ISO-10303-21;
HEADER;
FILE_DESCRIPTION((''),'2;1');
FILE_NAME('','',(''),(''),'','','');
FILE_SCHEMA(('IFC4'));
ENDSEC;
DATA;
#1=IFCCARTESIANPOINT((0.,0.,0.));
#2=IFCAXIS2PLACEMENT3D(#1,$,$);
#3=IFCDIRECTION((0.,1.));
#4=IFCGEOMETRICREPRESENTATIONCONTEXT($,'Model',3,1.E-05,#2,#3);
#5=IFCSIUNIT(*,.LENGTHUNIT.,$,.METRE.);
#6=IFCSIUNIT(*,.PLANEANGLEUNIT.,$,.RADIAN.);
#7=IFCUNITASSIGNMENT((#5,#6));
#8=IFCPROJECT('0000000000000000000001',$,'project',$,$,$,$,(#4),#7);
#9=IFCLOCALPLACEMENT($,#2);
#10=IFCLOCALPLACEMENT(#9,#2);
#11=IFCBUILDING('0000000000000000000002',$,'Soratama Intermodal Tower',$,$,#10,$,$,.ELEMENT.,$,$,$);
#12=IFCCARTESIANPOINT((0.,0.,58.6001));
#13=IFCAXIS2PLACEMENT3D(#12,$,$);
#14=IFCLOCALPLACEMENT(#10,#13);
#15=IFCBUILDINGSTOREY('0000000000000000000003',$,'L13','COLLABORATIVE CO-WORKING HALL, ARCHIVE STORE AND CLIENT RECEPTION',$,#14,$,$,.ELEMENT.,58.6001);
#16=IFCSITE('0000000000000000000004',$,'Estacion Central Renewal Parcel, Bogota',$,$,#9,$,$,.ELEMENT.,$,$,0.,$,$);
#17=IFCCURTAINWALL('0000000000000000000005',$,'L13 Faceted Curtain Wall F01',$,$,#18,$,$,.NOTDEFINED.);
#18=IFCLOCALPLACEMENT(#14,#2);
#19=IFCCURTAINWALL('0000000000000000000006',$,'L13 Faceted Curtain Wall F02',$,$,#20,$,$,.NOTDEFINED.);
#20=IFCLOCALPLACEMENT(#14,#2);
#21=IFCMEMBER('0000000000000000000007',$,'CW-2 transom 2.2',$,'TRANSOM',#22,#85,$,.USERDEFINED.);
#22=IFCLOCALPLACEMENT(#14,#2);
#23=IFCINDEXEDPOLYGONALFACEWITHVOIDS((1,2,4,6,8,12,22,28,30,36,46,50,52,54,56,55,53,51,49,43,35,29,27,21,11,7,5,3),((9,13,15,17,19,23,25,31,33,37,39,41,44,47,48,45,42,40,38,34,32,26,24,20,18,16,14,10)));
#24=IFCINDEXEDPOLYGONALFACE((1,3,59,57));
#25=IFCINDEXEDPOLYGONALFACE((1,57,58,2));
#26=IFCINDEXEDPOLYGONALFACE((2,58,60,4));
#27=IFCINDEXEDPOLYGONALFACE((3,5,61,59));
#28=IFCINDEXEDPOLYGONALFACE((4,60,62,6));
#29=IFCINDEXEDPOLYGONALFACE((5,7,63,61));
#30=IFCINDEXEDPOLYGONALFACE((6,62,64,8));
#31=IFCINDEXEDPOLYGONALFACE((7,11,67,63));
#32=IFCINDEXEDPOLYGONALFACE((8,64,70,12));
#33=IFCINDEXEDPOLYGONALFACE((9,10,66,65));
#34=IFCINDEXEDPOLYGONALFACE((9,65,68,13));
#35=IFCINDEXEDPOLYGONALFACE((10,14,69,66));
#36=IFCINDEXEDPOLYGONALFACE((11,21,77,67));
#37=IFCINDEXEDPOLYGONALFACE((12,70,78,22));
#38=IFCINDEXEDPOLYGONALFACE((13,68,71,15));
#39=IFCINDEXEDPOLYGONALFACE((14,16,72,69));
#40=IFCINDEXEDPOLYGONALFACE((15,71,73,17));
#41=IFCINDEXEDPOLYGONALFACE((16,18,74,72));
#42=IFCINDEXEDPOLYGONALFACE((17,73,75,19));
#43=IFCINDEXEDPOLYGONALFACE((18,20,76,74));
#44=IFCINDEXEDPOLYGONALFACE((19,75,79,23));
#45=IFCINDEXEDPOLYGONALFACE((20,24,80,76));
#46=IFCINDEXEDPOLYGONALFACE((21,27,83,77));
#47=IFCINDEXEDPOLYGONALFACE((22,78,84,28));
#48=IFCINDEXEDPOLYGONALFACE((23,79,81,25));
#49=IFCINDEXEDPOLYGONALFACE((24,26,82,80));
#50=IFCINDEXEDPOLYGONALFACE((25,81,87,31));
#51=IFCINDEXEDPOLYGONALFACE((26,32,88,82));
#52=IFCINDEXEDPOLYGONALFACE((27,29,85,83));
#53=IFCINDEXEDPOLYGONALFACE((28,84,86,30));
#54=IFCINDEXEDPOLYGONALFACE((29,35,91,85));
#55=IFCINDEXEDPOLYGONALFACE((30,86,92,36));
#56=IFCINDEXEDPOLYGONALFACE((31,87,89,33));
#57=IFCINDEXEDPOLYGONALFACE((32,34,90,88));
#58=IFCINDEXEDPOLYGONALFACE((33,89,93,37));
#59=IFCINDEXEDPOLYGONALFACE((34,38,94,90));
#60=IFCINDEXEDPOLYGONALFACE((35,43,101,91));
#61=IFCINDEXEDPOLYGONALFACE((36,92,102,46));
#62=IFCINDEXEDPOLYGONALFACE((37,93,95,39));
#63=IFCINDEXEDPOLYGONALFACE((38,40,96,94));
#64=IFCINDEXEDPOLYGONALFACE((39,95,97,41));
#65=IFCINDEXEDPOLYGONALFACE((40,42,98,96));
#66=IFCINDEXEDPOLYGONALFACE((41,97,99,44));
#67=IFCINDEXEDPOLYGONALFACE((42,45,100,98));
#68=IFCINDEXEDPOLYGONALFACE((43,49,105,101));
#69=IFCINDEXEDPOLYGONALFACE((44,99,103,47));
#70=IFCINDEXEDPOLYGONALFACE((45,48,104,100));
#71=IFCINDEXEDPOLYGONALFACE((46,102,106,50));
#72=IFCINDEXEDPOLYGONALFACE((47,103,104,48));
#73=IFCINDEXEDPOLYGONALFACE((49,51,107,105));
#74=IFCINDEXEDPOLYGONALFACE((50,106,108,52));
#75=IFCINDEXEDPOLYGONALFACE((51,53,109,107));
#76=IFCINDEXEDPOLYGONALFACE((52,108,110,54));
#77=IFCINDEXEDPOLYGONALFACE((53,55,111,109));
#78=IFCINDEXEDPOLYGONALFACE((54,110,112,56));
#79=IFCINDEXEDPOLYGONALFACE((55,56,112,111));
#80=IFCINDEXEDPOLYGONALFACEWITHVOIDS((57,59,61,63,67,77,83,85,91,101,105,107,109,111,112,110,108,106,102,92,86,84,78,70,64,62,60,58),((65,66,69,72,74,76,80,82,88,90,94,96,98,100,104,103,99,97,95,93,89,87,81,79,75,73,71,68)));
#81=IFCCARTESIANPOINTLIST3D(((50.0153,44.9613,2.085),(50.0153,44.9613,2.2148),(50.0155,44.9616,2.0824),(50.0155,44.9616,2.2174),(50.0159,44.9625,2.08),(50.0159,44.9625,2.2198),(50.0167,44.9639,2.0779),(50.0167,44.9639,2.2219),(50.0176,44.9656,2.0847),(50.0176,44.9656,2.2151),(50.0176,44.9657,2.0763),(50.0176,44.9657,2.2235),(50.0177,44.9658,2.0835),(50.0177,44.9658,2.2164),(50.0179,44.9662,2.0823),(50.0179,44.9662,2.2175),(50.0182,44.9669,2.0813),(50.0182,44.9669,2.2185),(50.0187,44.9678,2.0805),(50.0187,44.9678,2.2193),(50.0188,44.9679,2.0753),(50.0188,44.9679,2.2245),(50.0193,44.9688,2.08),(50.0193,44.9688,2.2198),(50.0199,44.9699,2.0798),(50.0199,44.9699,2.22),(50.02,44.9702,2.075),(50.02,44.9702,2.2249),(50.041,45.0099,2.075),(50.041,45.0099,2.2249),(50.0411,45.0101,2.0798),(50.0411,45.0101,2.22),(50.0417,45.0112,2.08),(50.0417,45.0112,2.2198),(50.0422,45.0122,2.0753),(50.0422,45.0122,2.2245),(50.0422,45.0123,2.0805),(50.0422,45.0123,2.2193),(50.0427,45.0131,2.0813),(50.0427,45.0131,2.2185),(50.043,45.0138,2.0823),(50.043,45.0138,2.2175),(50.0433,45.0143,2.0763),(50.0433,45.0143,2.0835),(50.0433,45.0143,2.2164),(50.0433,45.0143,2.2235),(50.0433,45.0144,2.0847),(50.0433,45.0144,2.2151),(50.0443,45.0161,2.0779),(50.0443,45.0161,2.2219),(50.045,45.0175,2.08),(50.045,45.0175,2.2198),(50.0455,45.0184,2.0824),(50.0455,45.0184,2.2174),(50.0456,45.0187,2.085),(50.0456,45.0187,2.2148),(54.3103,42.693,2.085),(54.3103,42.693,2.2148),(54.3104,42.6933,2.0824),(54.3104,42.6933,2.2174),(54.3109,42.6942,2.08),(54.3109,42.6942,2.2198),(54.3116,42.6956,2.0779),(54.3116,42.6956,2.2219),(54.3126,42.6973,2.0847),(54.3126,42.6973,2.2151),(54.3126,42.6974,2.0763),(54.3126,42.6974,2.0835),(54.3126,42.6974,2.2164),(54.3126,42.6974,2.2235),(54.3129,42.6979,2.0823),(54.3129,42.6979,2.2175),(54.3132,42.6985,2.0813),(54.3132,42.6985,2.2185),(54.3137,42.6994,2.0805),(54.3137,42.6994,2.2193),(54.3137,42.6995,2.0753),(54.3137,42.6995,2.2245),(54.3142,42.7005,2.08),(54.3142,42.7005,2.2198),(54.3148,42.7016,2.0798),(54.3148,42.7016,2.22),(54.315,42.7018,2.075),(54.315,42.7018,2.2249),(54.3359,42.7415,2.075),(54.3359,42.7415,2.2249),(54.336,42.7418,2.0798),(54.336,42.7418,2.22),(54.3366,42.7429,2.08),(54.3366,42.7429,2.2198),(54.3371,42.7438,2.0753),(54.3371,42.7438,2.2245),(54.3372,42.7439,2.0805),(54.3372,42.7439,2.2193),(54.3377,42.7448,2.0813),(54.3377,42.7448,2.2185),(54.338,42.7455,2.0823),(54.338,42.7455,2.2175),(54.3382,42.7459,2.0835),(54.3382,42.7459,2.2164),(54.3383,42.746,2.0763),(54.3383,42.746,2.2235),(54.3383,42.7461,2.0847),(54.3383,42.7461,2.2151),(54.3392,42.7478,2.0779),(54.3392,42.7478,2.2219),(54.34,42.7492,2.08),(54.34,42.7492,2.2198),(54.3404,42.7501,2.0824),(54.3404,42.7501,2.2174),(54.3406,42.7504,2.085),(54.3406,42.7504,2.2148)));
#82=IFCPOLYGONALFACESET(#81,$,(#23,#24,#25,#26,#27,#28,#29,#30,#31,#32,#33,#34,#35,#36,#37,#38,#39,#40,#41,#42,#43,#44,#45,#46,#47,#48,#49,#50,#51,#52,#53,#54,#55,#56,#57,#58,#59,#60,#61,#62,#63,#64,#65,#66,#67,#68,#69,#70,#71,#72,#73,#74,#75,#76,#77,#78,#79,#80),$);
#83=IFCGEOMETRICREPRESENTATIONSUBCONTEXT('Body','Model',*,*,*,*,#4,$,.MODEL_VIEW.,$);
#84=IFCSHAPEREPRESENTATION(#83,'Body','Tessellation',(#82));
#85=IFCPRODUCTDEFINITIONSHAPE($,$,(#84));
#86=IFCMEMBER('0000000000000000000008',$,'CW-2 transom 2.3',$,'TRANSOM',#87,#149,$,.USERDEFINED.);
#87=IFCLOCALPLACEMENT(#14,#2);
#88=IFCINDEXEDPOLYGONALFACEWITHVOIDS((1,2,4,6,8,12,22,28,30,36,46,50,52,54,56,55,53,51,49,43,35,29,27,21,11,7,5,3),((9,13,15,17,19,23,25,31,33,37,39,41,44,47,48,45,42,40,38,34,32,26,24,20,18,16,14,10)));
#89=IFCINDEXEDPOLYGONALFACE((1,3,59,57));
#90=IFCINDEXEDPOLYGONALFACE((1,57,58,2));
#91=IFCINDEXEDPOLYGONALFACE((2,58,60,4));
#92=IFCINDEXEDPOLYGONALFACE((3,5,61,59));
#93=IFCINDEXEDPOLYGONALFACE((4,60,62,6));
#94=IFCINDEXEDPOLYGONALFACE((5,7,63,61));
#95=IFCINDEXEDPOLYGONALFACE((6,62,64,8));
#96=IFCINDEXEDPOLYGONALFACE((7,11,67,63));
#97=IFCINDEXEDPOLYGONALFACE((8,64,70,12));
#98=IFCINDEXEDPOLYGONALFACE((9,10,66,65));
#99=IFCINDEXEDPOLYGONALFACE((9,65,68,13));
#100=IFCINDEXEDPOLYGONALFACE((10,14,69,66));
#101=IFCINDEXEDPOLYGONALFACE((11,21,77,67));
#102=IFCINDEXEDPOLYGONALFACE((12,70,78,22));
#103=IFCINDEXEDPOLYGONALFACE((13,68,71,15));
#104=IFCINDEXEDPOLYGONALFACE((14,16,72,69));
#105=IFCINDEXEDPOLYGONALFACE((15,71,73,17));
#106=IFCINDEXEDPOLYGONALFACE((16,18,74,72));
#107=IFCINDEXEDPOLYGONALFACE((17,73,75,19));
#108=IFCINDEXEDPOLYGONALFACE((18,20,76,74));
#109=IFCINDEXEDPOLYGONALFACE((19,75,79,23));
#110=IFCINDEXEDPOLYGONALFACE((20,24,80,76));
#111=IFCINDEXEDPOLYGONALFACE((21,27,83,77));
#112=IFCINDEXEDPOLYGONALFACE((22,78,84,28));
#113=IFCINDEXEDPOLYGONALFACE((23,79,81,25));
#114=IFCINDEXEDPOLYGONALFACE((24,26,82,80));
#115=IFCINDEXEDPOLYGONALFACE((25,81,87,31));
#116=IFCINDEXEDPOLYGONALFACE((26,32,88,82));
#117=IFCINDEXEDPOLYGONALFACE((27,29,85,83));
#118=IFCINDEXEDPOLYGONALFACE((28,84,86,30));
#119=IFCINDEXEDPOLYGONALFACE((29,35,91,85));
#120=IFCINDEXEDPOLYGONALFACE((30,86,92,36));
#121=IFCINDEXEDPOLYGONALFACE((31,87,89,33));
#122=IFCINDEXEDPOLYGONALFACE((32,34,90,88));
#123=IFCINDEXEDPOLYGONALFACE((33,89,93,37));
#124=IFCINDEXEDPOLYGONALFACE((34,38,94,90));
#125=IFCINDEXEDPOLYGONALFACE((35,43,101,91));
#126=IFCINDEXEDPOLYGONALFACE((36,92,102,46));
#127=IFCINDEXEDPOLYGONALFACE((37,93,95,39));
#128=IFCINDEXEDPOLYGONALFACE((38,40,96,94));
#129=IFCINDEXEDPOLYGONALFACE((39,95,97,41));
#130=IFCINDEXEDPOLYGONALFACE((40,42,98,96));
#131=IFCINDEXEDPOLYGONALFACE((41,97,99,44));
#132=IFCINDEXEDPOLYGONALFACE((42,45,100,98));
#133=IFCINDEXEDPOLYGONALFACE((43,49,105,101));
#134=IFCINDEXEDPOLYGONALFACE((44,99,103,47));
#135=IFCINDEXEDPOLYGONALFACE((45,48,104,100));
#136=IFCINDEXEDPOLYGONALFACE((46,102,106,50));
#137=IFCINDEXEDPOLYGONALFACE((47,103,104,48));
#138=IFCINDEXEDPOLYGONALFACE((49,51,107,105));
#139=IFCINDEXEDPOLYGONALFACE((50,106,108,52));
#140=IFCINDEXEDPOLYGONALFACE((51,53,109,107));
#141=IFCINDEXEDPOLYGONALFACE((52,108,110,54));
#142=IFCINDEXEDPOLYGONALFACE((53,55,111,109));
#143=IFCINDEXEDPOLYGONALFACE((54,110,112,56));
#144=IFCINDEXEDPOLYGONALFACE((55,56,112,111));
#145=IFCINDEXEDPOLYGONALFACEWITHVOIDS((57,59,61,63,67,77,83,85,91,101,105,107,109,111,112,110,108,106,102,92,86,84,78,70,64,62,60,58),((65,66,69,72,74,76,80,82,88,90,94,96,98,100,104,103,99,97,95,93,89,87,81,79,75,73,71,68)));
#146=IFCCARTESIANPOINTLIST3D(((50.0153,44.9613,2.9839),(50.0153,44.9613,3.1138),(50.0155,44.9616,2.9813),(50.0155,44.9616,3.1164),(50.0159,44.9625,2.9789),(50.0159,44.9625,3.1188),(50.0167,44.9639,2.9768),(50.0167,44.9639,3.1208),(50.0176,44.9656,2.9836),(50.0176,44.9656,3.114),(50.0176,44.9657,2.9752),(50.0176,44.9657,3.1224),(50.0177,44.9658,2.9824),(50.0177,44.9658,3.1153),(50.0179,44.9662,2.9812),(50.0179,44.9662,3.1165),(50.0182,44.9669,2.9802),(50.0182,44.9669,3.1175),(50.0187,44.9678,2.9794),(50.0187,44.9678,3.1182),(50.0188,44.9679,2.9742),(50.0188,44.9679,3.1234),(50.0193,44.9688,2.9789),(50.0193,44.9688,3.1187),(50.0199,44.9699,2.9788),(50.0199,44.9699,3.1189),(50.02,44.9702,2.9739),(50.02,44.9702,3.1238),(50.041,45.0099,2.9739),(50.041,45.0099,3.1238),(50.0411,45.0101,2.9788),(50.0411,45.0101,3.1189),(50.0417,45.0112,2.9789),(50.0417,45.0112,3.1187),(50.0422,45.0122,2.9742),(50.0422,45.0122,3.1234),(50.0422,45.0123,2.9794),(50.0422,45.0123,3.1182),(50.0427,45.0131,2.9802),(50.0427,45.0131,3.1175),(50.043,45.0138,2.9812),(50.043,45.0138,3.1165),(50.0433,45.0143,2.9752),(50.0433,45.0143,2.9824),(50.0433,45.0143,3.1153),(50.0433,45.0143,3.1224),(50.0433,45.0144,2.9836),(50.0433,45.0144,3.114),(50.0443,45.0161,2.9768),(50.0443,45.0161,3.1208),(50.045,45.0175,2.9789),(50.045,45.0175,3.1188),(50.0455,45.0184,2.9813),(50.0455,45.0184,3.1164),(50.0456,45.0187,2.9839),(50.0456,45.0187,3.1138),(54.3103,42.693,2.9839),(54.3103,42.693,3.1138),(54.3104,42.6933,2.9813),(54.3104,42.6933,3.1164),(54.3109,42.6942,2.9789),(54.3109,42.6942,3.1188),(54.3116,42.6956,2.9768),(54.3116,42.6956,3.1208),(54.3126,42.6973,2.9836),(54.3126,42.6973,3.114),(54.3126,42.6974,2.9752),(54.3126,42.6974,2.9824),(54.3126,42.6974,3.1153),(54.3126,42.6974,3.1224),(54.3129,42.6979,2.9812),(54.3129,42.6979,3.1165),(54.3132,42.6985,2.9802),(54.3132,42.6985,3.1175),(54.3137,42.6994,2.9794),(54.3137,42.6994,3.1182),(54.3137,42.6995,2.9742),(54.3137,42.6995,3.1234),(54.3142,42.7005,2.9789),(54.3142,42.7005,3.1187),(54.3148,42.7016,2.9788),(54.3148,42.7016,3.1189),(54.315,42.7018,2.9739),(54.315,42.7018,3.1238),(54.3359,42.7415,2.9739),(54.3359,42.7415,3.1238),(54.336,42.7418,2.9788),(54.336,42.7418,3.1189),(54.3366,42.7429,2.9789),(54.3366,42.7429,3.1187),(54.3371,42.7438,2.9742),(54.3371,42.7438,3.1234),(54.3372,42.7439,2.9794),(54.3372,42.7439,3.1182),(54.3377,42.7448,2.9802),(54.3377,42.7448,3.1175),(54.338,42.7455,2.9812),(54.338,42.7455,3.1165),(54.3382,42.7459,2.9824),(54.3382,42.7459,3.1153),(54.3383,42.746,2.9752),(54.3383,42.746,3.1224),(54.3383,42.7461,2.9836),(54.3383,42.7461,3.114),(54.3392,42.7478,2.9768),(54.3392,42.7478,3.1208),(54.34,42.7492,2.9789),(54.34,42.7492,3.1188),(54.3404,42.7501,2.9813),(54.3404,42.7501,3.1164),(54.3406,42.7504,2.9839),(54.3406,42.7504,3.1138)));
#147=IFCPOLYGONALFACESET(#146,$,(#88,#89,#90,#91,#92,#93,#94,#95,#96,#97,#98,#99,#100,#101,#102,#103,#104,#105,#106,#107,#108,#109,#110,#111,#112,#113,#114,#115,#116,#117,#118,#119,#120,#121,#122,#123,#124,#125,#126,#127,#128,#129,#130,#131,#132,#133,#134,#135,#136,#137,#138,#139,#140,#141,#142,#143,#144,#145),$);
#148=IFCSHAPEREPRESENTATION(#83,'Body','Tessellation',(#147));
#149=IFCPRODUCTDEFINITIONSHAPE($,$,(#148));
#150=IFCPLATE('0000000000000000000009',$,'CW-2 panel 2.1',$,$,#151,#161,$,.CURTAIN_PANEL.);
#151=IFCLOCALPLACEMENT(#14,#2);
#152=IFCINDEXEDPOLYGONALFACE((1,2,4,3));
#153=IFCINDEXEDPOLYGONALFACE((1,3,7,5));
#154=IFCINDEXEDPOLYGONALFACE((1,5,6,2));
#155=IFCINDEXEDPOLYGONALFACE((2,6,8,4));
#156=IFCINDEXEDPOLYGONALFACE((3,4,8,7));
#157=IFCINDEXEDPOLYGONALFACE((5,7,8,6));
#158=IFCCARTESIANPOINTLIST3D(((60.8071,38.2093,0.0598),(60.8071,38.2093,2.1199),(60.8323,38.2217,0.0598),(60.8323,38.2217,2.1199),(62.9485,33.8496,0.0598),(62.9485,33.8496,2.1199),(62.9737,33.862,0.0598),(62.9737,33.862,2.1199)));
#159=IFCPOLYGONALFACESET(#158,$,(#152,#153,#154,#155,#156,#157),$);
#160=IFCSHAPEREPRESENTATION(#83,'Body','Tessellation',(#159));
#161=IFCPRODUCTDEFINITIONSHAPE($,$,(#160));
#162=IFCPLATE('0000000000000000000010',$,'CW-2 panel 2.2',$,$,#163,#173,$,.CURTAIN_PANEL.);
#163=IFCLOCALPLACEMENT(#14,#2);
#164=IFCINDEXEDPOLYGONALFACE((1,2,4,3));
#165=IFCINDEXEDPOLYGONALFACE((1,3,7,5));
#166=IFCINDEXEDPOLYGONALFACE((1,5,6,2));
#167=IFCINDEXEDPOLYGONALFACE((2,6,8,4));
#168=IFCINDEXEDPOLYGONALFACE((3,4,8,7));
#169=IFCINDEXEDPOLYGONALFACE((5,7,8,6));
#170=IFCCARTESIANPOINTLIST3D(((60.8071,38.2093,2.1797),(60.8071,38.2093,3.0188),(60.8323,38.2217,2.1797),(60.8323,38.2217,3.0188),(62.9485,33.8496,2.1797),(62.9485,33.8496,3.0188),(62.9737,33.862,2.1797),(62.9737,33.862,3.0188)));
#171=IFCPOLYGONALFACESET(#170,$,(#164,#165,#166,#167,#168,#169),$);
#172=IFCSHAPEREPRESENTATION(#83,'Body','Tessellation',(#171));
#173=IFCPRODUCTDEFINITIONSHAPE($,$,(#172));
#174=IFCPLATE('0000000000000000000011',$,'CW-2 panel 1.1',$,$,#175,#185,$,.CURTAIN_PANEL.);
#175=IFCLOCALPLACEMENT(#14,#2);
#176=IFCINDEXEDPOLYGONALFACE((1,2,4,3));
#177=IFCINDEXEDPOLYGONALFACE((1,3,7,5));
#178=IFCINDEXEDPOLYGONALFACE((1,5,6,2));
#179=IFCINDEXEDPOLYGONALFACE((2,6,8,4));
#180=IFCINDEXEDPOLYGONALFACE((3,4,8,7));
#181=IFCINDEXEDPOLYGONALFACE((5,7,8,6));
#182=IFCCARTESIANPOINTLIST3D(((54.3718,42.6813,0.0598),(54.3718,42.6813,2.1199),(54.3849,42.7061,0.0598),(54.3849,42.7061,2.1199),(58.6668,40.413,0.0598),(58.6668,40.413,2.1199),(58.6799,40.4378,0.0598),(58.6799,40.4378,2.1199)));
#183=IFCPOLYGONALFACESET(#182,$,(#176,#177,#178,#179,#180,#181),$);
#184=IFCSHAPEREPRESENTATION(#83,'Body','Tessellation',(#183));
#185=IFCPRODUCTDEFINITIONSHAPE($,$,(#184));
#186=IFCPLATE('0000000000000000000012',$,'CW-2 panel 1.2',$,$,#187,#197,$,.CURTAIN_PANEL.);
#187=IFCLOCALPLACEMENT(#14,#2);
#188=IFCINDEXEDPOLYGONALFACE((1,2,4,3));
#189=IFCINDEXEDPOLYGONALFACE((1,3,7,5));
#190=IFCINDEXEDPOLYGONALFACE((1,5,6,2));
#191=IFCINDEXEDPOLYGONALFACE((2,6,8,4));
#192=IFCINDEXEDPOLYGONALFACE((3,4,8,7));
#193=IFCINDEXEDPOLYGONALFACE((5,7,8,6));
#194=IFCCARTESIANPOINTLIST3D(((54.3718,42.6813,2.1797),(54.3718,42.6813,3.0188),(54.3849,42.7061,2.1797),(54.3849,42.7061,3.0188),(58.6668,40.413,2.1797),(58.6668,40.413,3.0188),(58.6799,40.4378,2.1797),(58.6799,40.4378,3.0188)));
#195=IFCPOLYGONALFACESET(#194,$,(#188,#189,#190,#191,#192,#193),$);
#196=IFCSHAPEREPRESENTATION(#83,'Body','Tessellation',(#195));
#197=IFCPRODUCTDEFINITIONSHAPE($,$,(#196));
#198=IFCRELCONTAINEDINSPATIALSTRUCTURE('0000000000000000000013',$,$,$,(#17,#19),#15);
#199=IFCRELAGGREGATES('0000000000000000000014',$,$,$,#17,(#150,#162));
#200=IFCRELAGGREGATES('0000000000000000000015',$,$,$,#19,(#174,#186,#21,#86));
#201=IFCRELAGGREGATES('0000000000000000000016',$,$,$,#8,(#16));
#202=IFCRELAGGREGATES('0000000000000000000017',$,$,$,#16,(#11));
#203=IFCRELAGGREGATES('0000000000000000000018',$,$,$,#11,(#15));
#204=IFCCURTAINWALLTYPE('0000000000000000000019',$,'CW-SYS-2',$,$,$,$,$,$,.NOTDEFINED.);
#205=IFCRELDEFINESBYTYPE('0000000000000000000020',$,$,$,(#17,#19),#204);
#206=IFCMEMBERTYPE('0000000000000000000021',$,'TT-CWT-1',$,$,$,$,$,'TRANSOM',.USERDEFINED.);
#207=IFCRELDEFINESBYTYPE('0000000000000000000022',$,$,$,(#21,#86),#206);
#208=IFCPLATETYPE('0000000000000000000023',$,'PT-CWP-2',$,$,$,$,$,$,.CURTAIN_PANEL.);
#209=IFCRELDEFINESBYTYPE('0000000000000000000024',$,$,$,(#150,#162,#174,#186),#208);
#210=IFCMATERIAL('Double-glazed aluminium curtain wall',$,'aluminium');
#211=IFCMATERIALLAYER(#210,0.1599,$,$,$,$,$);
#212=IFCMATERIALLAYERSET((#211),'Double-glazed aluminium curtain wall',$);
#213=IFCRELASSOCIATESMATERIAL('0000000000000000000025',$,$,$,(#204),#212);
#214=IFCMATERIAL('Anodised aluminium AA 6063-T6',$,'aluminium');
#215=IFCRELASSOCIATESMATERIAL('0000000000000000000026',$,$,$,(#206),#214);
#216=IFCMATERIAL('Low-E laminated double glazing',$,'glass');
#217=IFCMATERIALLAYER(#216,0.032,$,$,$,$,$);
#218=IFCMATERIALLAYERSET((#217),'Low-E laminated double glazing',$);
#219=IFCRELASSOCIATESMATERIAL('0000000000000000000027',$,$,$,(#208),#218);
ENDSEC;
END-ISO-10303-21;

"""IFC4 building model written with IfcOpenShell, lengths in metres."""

from ifc_helpers import new_model, si_unit, direction, frame, origin, origin_2d, place, context, subcontext, project, spatial, rectangle, hollow_rectangle, extrude, material, layer, layer_set, material_profile, profile_set, type_object, element, aggregate, save


model = new_model("IFC4")

# Units and contexts
model_context = context("Model", 3, precision=1e-05, world=origin(), true_north=direction((0.0, 1.0)))
body_context = subcontext(model_context, "Body", "Model", "MODEL_VIEW")
ifc_project = project(units=[si_unit("LENGTHUNIT", "METRE"), si_unit("PLANEANGLEUNIT", "RADIAN")], contexts=[model_context])

# Site, building, storey
site_placement = place(None, origin())
site = spatial("IfcSite", under=ifc_project, at=site_placement, Name="Estacion Central Renewal Parcel, Bogota", CompositionType="ELEMENT", RefElevation=0.0)
building_placement = place(site_placement, origin())
building = spatial("IfcBuilding", under=site, at=building_placement, Name="Soratama Intermodal Tower", CompositionType="ELEMENT")
storey_placement = place(building_placement, frame((0.0, 0.0, 58.6001)))
storey = spatial("IfcBuildingStorey", under=building, at=storey_placement, Name="L13", Description="COLLABORATIVE CO-WORKING HALL, ARCHIVE STORE AND CLIENT RECEPTION", CompositionType="ELEMENT", Elevation=58.6001)

# Curtain wall
ifc_material_1 = material(Name="Double-glazed aluminium curtain wall", Category="aluminium")
ifc_layer_1 = layer(ifc_material_1, 0.1599)
ifc_layer_set_1 = layer_set([ifc_layer_1], Name="Double-glazed aluminium curtain wall")
curtain_wall_type = type_object("IfcCurtainWallType", Name="CW-SYS-2", PredefinedType="NOTDEFINED", material=ifc_layer_set_1)
curtain_wall_1_placement = place(storey_placement, origin())
curtain_wall_1 = element("IfcCurtainWall", 1, at=curtain_wall_1_placement, inside=storey, type_object=curtain_wall_type, Name="L13 Faceted Curtain Wall F01", PredefinedType="NOTDEFINED")

# Curtain wall, members
curtain_wall_2_placement = place(storey_placement, origin())
curtain_wall_2 = element("IfcCurtainWall", 2, at=curtain_wall_2_placement, inside=storey, type_object=curtain_wall_type, Name="L13 Faceted Curtain Wall F02", PredefinedType="NOTDEFINED")
ifc_material_2 = material(Name="Anodised aluminium AA 6063-T6", Category="aluminium")
ifc_material_profile_1 = material_profile(ifc_material_2, hollow_rectangle(XDim=0.0649, YDim=0.1499, WallThickness=0.0049, InnerFilletRadius=0.0049, OuterFilletRadius=0.01, at=origin_2d()), Name="CWT150X65X5")
ifc_profile_set_1 = profile_set([ifc_material_profile_1], Name="Anodised aluminium AA 6063-T6")
member_type_1 = type_object("IfcMemberType", Name="TT-CWT-1", ElementType="TRANSOM", PredefinedType="USERDEFINED", material=ifc_profile_set_1)
member_1_placement = place(storey_placement, frame((54.3254, 42.7217, 2.1499), z_axis=(-0.884253, 0.467008, 0.0), x_axis=(-0.467008, -0.884253, 0.0)))
member_1 = element("IfcMember", 3, at=member_1_placement, type_object=member_type_1, Name="CW-2 transom 2.2", ObjectType="TRANSOM", PredefinedType="USERDEFINED", context=body_context, shape_type="SweptSolid", body=[
    extrude(hollow_rectangle(XDim=0.0649, YDim=0.1499, WallThickness=0.0049, InnerFilletRadius=0.0049, OuterFilletRadius=0.01, at=origin_2d()), origin(), (0.0, 0.0, 1.0), 4.8572),
])
member_2_placement = place(storey_placement, frame((54.3254, 42.7217, 3.0488), z_axis=(-0.884253, 0.467008, 0.0), x_axis=(-0.467008, -0.884253, 0.0)))
member_2 = element("IfcMember", 4, at=member_2_placement, type_object=member_type_1, Name="CW-2 transom 2.3", ObjectType="TRANSOM", PredefinedType="USERDEFINED", context=body_context, shape_type="SweptSolid", body=[
    extrude(hollow_rectangle(XDim=0.0649, YDim=0.1499, WallThickness=0.0049, InnerFilletRadius=0.0049, OuterFilletRadius=0.01, at=origin_2d()), origin(), (0.0, 0.0, 1.0), 4.8572),
])

# Plates
ifc_material_3 = material(Name="Low-E laminated double glazing", Category="glass")
ifc_layer_2 = layer(ifc_material_3, 0.032)
ifc_layer_set_2 = layer_set([ifc_layer_2], Name="Low-E laminated double glazing")
plate_type = type_object("IfcPlateType", Name="PT-CWP-2", PredefinedType="CURTAIN_PANEL", material=ifc_layer_set_2)
plate_1_placement = place(storey_placement, frame((61.8904, 36.0356, 0.0598), z_axis=(0.0, 0.0, 1.0), x_axis=(-0.440875, 0.897568, 0.0)))
plate_1 = element("IfcPlate", 5, at=plate_1_placement, type_object=plate_type, Name="CW-2 panel 2.1", PredefinedType="CURTAIN_PANEL", context=body_context, shape_type="SweptSolid", body=[
    extrude(rectangle(XDim=4.8572, YDim=0.0281, at=origin_2d()), origin(), (0.0, 0.0, 1.0), 2.0601),
])
plate_2_placement = place(storey_placement, frame((61.8904, 36.0356, 2.1797), z_axis=(0.0, 0.0, 1.0), x_axis=(-0.440875, 0.897568, 0.0)))
plate_2 = element("IfcPlate", 6, at=plate_2_placement, type_object=plate_type, Name="CW-2 panel 2.2", PredefinedType="CURTAIN_PANEL", context=body_context, shape_type="SweptSolid", body=[
    extrude(rectangle(XDim=4.8572, YDim=0.0281, at=origin_2d()), origin(), (0.0, 0.0, 1.0), 0.8391),
])
aggregate(curtain_wall_1, [plate_1, plate_2])
plate_3_placement = place(storey_placement, frame((56.5259, 41.5596, 0.0598), z_axis=(0.0, 0.0, 1.0), x_axis=(-0.884257, 0.467001, 0.0)))
plate_3 = element("IfcPlate", 7, at=plate_3_placement, type_object=plate_type, Name="CW-2 panel 1.1", PredefinedType="CURTAIN_PANEL", context=body_context, shape_type="SweptSolid", body=[
    extrude(rectangle(XDim=4.8572, YDim=0.0281, at=origin_2d()), origin(), (0.0, 0.0, 1.0), 2.0601),
])
plate_4_placement = place(storey_placement, frame((56.5259, 41.5596, 2.1797), z_axis=(0.0, 0.0, 1.0), x_axis=(-0.884257, 0.467001, 0.0)))
plate_4 = element("IfcPlate", 8, at=plate_4_placement, type_object=plate_type, Name="CW-2 panel 1.2", PredefinedType="CURTAIN_PANEL", context=body_context, shape_type="SweptSolid", body=[
    extrude(rectangle(XDim=4.8572, YDim=0.0281, at=origin_2d()), origin(), (0.0, 0.0, 1.0), 0.8391),
])
aggregate(curtain_wall_2, [plate_3, plate_4, member_1, member_2])

save(model, "model.ifc")
